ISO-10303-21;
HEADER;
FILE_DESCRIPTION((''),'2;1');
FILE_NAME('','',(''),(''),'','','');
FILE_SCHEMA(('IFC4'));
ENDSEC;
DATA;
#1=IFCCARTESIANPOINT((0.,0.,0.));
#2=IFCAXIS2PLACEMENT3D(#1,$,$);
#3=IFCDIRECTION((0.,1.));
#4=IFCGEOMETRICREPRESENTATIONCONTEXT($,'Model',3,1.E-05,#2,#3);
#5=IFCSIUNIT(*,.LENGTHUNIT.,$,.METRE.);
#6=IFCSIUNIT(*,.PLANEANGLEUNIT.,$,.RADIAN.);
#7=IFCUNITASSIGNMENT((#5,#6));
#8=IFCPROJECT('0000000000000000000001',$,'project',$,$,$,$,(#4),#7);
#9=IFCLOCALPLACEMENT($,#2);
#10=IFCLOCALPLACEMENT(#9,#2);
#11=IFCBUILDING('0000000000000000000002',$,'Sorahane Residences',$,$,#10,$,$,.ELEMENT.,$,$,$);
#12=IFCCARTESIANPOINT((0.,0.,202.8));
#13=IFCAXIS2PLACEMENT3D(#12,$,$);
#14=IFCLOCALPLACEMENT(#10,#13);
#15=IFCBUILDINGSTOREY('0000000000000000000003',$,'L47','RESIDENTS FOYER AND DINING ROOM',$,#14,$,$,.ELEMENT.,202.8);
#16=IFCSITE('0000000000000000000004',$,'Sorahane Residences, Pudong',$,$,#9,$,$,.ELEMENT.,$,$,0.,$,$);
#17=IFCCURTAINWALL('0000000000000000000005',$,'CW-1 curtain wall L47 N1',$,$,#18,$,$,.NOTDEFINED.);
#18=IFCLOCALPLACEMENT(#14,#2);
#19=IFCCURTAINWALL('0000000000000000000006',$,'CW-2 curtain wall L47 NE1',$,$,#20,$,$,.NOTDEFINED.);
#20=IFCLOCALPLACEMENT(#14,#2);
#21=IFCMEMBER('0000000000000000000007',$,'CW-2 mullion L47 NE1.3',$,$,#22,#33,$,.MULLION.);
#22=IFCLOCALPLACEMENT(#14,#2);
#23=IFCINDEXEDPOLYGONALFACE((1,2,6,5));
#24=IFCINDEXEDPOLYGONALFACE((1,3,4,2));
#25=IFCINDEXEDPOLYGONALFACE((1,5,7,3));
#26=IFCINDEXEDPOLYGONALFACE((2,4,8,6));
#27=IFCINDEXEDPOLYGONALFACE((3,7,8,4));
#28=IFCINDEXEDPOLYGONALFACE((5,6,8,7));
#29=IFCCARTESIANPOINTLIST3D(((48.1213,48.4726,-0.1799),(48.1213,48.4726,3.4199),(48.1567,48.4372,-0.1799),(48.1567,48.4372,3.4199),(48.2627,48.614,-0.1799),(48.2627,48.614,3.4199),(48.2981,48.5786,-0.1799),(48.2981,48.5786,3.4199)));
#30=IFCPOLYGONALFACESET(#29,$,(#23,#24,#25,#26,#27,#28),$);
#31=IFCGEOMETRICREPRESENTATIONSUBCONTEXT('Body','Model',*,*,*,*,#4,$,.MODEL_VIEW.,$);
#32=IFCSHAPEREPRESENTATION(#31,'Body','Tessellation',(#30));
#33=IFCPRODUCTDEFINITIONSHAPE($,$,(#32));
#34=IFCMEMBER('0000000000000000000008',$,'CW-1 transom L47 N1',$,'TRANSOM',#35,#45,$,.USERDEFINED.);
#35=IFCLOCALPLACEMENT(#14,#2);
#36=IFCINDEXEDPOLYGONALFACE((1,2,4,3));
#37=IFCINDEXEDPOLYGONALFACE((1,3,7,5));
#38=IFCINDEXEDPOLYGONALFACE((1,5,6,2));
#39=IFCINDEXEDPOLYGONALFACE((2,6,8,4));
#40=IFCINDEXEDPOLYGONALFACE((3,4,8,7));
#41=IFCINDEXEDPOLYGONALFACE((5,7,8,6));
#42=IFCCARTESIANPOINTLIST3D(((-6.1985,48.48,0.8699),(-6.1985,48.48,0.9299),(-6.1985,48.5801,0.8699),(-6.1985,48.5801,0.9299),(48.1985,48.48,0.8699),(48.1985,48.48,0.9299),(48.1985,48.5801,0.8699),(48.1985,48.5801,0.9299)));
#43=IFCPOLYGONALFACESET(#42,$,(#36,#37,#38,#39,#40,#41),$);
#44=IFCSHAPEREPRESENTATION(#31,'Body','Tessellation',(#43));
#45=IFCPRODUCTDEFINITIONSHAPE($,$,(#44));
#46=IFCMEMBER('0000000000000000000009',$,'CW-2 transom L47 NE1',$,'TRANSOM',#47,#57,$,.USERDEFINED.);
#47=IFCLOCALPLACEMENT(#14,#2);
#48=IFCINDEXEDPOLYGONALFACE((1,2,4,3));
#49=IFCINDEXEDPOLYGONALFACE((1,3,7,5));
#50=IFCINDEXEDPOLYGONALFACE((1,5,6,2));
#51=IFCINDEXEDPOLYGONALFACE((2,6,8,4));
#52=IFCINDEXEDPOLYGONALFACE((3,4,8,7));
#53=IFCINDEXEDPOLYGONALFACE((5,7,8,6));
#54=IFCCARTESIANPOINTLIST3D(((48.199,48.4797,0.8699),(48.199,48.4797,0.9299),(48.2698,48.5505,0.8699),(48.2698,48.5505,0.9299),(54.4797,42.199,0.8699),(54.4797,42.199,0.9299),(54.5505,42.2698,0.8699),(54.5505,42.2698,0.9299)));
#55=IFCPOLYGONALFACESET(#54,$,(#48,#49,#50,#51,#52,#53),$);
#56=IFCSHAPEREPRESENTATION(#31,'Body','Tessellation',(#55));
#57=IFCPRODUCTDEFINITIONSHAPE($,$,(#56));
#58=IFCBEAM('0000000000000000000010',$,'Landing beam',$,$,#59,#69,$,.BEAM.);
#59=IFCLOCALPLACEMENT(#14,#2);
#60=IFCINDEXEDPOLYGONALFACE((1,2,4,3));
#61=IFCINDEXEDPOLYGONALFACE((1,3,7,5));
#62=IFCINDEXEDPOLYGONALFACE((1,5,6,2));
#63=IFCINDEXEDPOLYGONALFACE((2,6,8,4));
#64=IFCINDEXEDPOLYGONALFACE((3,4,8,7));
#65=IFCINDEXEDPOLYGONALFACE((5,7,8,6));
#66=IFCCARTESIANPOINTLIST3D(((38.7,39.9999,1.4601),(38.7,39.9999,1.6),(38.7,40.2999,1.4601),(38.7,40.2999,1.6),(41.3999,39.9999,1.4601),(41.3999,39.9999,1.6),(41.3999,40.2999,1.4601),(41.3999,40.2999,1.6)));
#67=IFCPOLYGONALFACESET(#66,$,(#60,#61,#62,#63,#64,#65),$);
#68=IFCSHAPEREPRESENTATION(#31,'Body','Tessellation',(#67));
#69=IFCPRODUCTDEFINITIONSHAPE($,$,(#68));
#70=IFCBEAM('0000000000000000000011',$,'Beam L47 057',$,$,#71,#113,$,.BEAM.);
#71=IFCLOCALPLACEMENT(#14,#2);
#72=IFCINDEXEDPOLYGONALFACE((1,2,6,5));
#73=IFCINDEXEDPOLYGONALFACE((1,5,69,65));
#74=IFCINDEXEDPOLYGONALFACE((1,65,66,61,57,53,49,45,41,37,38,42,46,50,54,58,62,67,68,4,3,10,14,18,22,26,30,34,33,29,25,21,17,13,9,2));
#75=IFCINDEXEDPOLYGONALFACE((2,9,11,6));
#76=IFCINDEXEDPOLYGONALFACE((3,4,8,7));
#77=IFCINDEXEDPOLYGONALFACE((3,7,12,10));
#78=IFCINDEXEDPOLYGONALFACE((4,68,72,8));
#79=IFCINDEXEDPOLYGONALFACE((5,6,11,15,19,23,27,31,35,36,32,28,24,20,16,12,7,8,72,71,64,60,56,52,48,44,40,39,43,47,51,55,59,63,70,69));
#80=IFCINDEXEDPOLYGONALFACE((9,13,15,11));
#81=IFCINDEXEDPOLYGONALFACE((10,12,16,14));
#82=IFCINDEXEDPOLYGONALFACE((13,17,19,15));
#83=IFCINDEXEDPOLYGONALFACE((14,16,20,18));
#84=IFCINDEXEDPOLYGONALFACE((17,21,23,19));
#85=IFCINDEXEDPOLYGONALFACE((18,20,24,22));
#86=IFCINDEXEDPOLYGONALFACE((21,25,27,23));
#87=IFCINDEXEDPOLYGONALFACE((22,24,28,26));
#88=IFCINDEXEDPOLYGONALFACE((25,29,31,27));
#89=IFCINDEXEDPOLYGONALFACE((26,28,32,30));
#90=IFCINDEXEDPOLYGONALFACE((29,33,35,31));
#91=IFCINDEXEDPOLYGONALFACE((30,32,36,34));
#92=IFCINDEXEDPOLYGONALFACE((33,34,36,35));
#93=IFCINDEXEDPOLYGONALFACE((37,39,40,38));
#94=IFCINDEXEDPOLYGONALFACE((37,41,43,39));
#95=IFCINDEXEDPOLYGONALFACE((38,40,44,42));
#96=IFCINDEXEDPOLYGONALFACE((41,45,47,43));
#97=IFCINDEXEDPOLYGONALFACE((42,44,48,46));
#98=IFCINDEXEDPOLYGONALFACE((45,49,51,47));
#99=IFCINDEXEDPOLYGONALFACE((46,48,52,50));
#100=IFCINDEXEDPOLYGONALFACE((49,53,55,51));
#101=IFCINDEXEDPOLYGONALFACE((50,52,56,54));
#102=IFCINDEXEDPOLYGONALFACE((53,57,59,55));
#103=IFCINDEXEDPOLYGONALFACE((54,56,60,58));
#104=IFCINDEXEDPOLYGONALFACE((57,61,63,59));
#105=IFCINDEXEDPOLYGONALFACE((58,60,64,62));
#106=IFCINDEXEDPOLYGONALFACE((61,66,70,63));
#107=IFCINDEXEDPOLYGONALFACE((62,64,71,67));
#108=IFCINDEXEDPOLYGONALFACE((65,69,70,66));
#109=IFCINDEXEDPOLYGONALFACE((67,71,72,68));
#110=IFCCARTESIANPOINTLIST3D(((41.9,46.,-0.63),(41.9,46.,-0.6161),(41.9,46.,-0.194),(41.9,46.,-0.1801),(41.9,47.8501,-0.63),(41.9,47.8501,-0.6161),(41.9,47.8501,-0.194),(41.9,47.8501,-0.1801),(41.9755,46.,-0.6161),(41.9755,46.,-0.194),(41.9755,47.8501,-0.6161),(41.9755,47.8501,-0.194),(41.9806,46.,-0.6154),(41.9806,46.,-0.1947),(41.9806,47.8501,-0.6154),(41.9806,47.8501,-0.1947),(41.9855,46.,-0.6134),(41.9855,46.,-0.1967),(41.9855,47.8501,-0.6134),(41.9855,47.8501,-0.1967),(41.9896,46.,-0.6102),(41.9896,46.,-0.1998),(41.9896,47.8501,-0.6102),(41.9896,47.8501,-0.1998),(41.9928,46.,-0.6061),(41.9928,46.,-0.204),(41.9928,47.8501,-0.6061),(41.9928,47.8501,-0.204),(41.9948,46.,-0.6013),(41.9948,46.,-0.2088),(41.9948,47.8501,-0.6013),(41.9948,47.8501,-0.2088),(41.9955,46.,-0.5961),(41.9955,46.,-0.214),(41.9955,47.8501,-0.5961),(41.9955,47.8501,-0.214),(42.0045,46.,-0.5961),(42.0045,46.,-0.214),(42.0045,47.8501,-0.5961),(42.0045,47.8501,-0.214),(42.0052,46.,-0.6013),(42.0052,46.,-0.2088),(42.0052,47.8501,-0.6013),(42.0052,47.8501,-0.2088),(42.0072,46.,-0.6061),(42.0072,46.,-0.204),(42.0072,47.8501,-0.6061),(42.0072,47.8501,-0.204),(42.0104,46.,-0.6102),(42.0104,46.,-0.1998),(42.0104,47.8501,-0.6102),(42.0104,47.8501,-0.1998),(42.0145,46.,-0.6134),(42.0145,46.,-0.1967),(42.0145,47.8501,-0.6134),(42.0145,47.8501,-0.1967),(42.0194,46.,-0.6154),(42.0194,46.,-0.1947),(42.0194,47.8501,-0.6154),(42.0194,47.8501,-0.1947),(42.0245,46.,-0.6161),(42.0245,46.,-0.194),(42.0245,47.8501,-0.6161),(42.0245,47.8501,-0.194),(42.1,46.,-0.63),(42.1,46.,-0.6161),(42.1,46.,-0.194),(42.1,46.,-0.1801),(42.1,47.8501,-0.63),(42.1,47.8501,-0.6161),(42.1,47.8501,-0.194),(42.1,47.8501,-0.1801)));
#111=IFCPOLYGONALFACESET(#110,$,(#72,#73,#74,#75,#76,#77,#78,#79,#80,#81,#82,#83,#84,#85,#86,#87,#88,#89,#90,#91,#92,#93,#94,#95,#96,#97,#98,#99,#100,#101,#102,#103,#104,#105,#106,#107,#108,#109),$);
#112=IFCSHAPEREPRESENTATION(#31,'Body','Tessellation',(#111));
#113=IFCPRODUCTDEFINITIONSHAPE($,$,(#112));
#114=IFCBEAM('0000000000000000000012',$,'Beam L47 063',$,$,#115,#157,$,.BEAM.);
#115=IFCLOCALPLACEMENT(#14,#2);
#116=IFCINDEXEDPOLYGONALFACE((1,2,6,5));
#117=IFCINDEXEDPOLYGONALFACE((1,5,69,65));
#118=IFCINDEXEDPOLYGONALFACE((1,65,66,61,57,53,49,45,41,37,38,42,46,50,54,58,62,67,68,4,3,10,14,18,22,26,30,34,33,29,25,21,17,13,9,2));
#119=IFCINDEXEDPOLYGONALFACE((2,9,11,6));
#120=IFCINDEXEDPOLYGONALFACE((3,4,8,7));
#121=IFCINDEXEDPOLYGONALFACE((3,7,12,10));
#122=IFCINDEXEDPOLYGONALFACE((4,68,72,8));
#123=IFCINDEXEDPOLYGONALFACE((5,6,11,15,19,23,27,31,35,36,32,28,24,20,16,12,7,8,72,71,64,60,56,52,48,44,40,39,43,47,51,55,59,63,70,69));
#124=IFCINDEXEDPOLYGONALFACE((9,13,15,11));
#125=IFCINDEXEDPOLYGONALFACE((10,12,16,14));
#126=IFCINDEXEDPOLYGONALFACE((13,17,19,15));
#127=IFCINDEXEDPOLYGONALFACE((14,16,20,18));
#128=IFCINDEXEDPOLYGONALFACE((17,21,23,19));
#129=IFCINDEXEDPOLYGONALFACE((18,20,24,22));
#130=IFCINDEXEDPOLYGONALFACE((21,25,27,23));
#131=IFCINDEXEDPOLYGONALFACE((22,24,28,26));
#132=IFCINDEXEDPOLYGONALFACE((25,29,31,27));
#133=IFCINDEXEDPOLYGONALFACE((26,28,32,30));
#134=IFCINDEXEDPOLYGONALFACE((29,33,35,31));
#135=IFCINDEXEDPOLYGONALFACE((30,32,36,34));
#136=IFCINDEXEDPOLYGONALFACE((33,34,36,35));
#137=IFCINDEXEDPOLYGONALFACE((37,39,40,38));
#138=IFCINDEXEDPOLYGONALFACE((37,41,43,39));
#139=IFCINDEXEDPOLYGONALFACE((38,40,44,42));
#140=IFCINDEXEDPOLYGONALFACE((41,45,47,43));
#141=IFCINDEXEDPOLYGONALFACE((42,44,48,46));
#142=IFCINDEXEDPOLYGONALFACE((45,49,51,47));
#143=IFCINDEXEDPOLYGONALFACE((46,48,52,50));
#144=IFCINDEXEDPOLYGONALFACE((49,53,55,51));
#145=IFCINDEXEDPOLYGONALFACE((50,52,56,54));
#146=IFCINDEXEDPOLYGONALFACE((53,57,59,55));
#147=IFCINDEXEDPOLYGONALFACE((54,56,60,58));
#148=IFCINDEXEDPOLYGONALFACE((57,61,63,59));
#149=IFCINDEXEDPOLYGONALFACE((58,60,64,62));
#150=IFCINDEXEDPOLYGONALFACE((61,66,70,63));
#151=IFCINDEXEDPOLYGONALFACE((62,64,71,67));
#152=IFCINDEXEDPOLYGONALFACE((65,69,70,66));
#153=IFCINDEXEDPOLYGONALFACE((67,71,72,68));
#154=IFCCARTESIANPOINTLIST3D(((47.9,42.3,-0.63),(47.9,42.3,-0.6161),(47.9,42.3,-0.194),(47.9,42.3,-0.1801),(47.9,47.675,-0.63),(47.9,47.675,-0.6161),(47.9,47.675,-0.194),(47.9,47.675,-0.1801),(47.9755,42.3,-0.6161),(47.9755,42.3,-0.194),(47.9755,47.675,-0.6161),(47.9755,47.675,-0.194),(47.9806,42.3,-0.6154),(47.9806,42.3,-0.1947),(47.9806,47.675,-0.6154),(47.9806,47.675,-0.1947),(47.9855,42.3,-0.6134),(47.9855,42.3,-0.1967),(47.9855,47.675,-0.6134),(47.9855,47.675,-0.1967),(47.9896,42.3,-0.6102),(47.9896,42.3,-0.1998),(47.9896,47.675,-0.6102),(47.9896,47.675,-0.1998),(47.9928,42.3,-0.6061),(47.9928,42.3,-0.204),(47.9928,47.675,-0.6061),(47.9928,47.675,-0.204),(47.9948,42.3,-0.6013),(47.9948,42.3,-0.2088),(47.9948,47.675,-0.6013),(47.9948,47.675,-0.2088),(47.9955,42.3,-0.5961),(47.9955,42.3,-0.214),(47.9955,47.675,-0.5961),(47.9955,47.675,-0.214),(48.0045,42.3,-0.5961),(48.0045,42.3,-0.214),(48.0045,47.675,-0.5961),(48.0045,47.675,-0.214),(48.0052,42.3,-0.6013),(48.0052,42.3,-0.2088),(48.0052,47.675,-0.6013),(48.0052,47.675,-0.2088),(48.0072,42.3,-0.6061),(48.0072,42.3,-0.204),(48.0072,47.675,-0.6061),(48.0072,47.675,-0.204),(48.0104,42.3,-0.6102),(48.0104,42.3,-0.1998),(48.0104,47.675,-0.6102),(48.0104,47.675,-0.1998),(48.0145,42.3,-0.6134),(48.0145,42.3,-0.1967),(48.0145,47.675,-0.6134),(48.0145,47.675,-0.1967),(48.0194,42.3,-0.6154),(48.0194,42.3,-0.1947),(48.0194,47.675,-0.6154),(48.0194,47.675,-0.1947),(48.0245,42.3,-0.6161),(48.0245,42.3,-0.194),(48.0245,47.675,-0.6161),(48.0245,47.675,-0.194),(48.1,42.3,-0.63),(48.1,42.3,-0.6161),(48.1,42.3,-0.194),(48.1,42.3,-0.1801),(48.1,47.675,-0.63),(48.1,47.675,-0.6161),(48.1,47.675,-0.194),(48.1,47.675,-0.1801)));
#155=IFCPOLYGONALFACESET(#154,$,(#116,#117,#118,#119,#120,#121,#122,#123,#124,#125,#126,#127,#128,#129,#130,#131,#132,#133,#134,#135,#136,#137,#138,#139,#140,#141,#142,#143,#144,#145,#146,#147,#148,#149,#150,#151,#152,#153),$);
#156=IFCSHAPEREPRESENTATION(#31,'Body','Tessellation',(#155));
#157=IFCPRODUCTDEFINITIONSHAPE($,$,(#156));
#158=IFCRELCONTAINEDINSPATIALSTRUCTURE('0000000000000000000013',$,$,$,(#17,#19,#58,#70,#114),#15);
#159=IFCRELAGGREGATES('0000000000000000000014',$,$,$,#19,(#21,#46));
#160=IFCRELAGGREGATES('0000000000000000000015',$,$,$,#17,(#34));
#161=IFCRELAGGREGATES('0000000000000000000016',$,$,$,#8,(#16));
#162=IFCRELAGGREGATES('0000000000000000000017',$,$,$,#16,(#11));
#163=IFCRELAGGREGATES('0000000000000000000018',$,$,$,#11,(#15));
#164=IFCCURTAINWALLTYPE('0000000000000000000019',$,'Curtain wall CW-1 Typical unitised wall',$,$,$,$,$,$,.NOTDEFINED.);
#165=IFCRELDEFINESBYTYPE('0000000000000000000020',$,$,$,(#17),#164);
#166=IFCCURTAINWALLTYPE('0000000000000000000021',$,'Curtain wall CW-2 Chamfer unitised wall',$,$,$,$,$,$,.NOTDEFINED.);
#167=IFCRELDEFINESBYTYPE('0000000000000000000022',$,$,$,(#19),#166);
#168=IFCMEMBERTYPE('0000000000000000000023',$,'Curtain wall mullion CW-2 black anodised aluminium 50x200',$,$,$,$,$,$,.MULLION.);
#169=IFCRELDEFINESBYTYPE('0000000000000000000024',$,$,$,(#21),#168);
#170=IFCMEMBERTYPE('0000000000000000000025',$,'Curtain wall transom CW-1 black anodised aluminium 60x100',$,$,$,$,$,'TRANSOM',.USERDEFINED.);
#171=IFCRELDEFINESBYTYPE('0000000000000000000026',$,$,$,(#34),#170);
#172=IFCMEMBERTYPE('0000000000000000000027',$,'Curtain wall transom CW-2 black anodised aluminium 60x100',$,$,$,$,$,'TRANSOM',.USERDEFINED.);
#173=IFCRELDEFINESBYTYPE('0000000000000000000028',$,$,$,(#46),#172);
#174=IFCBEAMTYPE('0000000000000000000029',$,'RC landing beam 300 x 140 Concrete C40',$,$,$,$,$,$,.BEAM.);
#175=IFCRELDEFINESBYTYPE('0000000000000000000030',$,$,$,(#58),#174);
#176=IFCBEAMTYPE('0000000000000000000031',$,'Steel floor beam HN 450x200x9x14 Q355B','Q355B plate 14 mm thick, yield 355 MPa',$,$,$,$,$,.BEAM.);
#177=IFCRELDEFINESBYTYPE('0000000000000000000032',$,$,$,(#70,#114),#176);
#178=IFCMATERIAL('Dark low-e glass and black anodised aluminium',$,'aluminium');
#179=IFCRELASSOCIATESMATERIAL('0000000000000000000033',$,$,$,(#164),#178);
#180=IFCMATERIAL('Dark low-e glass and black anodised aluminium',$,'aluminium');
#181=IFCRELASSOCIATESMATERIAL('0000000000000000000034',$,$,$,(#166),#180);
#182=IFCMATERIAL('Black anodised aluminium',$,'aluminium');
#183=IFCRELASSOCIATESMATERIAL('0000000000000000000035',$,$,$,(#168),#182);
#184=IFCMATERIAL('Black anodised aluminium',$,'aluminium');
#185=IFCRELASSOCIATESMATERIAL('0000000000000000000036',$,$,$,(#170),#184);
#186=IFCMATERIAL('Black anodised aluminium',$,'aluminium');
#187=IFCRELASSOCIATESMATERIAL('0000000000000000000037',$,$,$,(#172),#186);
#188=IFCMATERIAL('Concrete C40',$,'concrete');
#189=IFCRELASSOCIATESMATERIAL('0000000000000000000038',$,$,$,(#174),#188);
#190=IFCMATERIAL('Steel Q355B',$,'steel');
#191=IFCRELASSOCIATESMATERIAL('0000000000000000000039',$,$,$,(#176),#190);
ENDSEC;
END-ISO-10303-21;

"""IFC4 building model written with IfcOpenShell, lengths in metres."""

from ifc_helpers import new_model, si_unit, direction, frame, origin, origin_2d, place, context, subcontext, project, spatial, rectangle, i_section, extrude, material, material_profile, profile_set, type_object, element, aggregate, save


model = new_model("IFC4")

# Units and contexts
model_context = context("Model", 3, precision=1e-05, world=origin(), true_north=direction((0.0, 1.0)))
body_context = subcontext(model_context, "Body", "Model", "MODEL_VIEW")
ifc_project = project(units=[si_unit("LENGTHUNIT", "METRE"), si_unit("PLANEANGLEUNIT", "RADIAN")], contexts=[model_context])

# Site, building, storey
site_placement = place(None, origin())
site = spatial("IfcSite", under=ifc_project, at=site_placement, Name="Sorahane Residences, Pudong", CompositionType="ELEMENT", RefElevation=0.0)
building_placement = place(site_placement, origin())
building = spatial("IfcBuilding", under=site, at=building_placement, Name="Sorahane Residences", CompositionType="ELEMENT")
storey_placement = place(building_placement, frame((0.0, 0.0, 202.8)))
storey = spatial("IfcBuildingStorey", under=building, at=storey_placement, Name="L47", Description="RESIDENTS FOYER AND DINING ROOM", CompositionType="ELEMENT", Elevation=202.8)

# Curtain wall
ifc_material_1 = material(Name="Dark low-e glass and black anodised aluminium", Category="aluminium")
curtain_wall_type_1 = type_object("IfcCurtainWallType", Name="Curtain wall CW-1 Typical unitised wall", PredefinedType="NOTDEFINED", material=ifc_material_1)
curtain_wall_1_placement = place(storey_placement, origin())
curtain_wall_1 = element("IfcCurtainWall", 1, at=curtain_wall_1_placement, inside=storey, type_object=curtain_wall_type_1, Name="CW-1 curtain wall L47 N1", PredefinedType="NOTDEFINED")

# Curtain wall, member
ifc_material_2 = material(Name="Dark low-e glass and black anodised aluminium", Category="aluminium")
curtain_wall_type_2 = type_object("IfcCurtainWallType", Name="Curtain wall CW-2 Chamfer unitised wall", PredefinedType="NOTDEFINED", material=ifc_material_2)
curtain_wall_2_placement = place(storey_placement, origin())
curtain_wall_2 = element("IfcCurtainWall", 2, at=curtain_wall_2_placement, inside=storey, type_object=curtain_wall_type_2, Name="CW-2 curtain wall L47 NE1", PredefinedType="NOTDEFINED")
ifc_material_3 = material(Name="Black anodised aluminium", Category="aluminium")
ifc_material_profile_1 = material_profile(ifc_material_3, rectangle(XDim=0.2, YDim=0.05, at=origin_2d()), Name="Curtain wall mullion CW-2 black anodised aluminium 50x200")
ifc_profile_set_1 = profile_set([ifc_material_profile_1], Name="Black anodised aluminium")
member_type_1 = type_object("IfcMemberType", Name="Curtain wall mullion CW-2 black anodised aluminium 50x200", PredefinedType="MULLION", material=ifc_profile_set_1)
member_1_placement = place(storey_placement, frame((48.2097, 48.5256, -0.1799), z_axis=(0.0, 0.0, 1.0), x_axis=(0.707107, 0.707107, 0.0)))
member_1 = element("IfcMember", 3, at=member_1_placement, type_object=member_type_1, Name="CW-2 mullion L47 NE1.3", PredefinedType="MULLION", context=body_context, shape_type="SweptSolid", body=[
    extrude(rectangle(XDim=0.2, YDim=0.05, at=origin_2d()), origin(), (0.0, 0.0, 1.0), 3.5999),
])

# Members
ifc_material_4 = material(Name="Black anodised aluminium", Category="aluminium")
ifc_material_profile_2 = material_profile(ifc_material_4, rectangle(XDim=0.1001, YDim=0.0601, at=origin_2d()), Name="Curtain wall transom CW-1 black anodised aluminium 60x100")
ifc_profile_set_2 = profile_set([ifc_material_profile_2], Name="Black anodised aluminium")
member_type_2 = type_object("IfcMemberType", Name="Curtain wall transom CW-1 black anodised aluminium 60x100", ElementType="TRANSOM", PredefinedType="USERDEFINED", material=ifc_profile_set_2)
member_2_placement = place(storey_placement, frame((48.1985, 48.53, 0.8999), z_axis=(-1.0, 0.0, 0.0), x_axis=(0.0, -1.0, 0.0)))
member_2 = element("IfcMember", 4, at=member_2_placement, type_object=member_type_2, Name="CW-1 transom L47 N1", ObjectType="TRANSOM", PredefinedType="USERDEFINED", context=body_context, shape_type="SweptSolid", body=[
    extrude(rectangle(XDim=0.1001, YDim=0.0601, at=origin_2d()), origin(), (0.0, 0.0, 1.0), 54.397),
])
ifc_material_5 = material(Name="Black anodised aluminium", Category="aluminium")
ifc_material_profile_3 = material_profile(ifc_material_5, rectangle(XDim=0.1001, YDim=0.0601, at=origin_2d()), Name="Curtain wall transom CW-2 black anodised aluminium 60x100")
ifc_profile_set_3 = profile_set([ifc_material_profile_3], Name="Black anodised aluminium")
member_type_3 = type_object("IfcMemberType", Name="Curtain wall transom CW-2 black anodised aluminium 60x100", ElementType="TRANSOM", PredefinedType="USERDEFINED", material=ifc_profile_set_3)
member_3_placement = place(storey_placement, frame((54.5151, 42.2344, 0.8999), z_axis=(-0.707107, 0.707107, 0.0), x_axis=(-0.707107, -0.707107, 0.0)))
member_3 = element("IfcMember", 5, at=member_3_placement, type_object=member_type_3, Name="CW-2 transom L47 NE1", ObjectType="TRANSOM", PredefinedType="USERDEFINED", context=body_context, shape_type="SweptSolid", body=[
    extrude(rectangle(XDim=0.1001, YDim=0.0601, at=origin_2d()), origin(), (0.0, 0.0, 1.0), 8.8823),
])

# Beams
ifc_material_6 = material(Name="Concrete C40", Category="concrete")
ifc_material_profile_4 = material_profile(ifc_material_6, rectangle(XDim=0.3, YDim=0.1399, at=origin_2d()), Name="300x140")
ifc_profile_set_4 = profile_set([ifc_material_profile_4], Name="Concrete C40")
beam_type_1 = type_object("IfcBeamType", Name="RC landing beam 300 x 140 Concrete C40", PredefinedType="BEAM", material=ifc_profile_set_4)
beam_1_placement = place(storey_placement, frame((38.7, 40.1499, 1.53), z_axis=(1.0, 0.0, 0.0), x_axis=(0.0, 1.0, 0.0)))
element("IfcBeam", 6, at=beam_1_placement, inside=storey, type_object=beam_type_1, Name="Landing beam", PredefinedType="BEAM", context=body_context, shape_type="SweptSolid", body=[
    extrude(rectangle(XDim=0.3, YDim=0.1399, at=origin_2d()), origin(), (0.0, 0.0, 1.0), 2.7),
])
ifc_material_7 = material(Name="Steel Q355B", Category="steel")
ifc_material_profile_5 = material_profile(ifc_material_7, i_section(OverallWidth=0.2, OverallDepth=0.45, WebThickness=0.009, FlangeThickness=0.0139, FilletRadius=0.02, at=origin_2d()), Name="HN 450x200x9x14")
ifc_profile_set_5 = profile_set([ifc_material_profile_5], Name="Steel Q355B")
beam_type_2 = type_object("IfcBeamType", Name="Steel floor beam HN 450x200x9x14 Q355B", Description="Q355B plate 14 mm thick, yield 355 MPa", PredefinedType="BEAM", material=ifc_profile_set_5)
beam_2_placement = place(storey_placement, frame((42.0, 46.0, -0.405), z_axis=(0.0, 1.0, 0.0), x_axis=(-1.0, 0.0, 0.0)))
element("IfcBeam", 7, at=beam_2_placement, inside=storey, type_object=beam_type_2, Name="Beam L47 057", PredefinedType="BEAM", context=body_context, shape_type="SweptSolid", body=[
    extrude(i_section(OverallWidth=0.2, OverallDepth=0.45, WebThickness=0.009, FlangeThickness=0.0139, FilletRadius=0.02, at=origin_2d()), origin(), (0.0, 0.0, 1.0), 1.8501),
])
beam_3_placement = place(storey_placement, frame((48.0, 42.3, -0.405), z_axis=(0.0, 1.0, 0.0), x_axis=(-1.0, 0.0, 0.0)))
element("IfcBeam", 8, at=beam_3_placement, inside=storey, type_object=beam_type_2, Name="Beam L47 063", PredefinedType="BEAM", context=body_context, shape_type="SweptSolid", body=[
    extrude(i_section(OverallWidth=0.2, OverallDepth=0.45, WebThickness=0.009, FlangeThickness=0.0139, FilletRadius=0.02, at=origin_2d()), origin(), (0.0, 0.0, 1.0), 5.375),
])

aggregate(curtain_wall_2, [member_1, member_3])
aggregate(curtain_wall_1, [member_2])

save(model, "model.ifc")
